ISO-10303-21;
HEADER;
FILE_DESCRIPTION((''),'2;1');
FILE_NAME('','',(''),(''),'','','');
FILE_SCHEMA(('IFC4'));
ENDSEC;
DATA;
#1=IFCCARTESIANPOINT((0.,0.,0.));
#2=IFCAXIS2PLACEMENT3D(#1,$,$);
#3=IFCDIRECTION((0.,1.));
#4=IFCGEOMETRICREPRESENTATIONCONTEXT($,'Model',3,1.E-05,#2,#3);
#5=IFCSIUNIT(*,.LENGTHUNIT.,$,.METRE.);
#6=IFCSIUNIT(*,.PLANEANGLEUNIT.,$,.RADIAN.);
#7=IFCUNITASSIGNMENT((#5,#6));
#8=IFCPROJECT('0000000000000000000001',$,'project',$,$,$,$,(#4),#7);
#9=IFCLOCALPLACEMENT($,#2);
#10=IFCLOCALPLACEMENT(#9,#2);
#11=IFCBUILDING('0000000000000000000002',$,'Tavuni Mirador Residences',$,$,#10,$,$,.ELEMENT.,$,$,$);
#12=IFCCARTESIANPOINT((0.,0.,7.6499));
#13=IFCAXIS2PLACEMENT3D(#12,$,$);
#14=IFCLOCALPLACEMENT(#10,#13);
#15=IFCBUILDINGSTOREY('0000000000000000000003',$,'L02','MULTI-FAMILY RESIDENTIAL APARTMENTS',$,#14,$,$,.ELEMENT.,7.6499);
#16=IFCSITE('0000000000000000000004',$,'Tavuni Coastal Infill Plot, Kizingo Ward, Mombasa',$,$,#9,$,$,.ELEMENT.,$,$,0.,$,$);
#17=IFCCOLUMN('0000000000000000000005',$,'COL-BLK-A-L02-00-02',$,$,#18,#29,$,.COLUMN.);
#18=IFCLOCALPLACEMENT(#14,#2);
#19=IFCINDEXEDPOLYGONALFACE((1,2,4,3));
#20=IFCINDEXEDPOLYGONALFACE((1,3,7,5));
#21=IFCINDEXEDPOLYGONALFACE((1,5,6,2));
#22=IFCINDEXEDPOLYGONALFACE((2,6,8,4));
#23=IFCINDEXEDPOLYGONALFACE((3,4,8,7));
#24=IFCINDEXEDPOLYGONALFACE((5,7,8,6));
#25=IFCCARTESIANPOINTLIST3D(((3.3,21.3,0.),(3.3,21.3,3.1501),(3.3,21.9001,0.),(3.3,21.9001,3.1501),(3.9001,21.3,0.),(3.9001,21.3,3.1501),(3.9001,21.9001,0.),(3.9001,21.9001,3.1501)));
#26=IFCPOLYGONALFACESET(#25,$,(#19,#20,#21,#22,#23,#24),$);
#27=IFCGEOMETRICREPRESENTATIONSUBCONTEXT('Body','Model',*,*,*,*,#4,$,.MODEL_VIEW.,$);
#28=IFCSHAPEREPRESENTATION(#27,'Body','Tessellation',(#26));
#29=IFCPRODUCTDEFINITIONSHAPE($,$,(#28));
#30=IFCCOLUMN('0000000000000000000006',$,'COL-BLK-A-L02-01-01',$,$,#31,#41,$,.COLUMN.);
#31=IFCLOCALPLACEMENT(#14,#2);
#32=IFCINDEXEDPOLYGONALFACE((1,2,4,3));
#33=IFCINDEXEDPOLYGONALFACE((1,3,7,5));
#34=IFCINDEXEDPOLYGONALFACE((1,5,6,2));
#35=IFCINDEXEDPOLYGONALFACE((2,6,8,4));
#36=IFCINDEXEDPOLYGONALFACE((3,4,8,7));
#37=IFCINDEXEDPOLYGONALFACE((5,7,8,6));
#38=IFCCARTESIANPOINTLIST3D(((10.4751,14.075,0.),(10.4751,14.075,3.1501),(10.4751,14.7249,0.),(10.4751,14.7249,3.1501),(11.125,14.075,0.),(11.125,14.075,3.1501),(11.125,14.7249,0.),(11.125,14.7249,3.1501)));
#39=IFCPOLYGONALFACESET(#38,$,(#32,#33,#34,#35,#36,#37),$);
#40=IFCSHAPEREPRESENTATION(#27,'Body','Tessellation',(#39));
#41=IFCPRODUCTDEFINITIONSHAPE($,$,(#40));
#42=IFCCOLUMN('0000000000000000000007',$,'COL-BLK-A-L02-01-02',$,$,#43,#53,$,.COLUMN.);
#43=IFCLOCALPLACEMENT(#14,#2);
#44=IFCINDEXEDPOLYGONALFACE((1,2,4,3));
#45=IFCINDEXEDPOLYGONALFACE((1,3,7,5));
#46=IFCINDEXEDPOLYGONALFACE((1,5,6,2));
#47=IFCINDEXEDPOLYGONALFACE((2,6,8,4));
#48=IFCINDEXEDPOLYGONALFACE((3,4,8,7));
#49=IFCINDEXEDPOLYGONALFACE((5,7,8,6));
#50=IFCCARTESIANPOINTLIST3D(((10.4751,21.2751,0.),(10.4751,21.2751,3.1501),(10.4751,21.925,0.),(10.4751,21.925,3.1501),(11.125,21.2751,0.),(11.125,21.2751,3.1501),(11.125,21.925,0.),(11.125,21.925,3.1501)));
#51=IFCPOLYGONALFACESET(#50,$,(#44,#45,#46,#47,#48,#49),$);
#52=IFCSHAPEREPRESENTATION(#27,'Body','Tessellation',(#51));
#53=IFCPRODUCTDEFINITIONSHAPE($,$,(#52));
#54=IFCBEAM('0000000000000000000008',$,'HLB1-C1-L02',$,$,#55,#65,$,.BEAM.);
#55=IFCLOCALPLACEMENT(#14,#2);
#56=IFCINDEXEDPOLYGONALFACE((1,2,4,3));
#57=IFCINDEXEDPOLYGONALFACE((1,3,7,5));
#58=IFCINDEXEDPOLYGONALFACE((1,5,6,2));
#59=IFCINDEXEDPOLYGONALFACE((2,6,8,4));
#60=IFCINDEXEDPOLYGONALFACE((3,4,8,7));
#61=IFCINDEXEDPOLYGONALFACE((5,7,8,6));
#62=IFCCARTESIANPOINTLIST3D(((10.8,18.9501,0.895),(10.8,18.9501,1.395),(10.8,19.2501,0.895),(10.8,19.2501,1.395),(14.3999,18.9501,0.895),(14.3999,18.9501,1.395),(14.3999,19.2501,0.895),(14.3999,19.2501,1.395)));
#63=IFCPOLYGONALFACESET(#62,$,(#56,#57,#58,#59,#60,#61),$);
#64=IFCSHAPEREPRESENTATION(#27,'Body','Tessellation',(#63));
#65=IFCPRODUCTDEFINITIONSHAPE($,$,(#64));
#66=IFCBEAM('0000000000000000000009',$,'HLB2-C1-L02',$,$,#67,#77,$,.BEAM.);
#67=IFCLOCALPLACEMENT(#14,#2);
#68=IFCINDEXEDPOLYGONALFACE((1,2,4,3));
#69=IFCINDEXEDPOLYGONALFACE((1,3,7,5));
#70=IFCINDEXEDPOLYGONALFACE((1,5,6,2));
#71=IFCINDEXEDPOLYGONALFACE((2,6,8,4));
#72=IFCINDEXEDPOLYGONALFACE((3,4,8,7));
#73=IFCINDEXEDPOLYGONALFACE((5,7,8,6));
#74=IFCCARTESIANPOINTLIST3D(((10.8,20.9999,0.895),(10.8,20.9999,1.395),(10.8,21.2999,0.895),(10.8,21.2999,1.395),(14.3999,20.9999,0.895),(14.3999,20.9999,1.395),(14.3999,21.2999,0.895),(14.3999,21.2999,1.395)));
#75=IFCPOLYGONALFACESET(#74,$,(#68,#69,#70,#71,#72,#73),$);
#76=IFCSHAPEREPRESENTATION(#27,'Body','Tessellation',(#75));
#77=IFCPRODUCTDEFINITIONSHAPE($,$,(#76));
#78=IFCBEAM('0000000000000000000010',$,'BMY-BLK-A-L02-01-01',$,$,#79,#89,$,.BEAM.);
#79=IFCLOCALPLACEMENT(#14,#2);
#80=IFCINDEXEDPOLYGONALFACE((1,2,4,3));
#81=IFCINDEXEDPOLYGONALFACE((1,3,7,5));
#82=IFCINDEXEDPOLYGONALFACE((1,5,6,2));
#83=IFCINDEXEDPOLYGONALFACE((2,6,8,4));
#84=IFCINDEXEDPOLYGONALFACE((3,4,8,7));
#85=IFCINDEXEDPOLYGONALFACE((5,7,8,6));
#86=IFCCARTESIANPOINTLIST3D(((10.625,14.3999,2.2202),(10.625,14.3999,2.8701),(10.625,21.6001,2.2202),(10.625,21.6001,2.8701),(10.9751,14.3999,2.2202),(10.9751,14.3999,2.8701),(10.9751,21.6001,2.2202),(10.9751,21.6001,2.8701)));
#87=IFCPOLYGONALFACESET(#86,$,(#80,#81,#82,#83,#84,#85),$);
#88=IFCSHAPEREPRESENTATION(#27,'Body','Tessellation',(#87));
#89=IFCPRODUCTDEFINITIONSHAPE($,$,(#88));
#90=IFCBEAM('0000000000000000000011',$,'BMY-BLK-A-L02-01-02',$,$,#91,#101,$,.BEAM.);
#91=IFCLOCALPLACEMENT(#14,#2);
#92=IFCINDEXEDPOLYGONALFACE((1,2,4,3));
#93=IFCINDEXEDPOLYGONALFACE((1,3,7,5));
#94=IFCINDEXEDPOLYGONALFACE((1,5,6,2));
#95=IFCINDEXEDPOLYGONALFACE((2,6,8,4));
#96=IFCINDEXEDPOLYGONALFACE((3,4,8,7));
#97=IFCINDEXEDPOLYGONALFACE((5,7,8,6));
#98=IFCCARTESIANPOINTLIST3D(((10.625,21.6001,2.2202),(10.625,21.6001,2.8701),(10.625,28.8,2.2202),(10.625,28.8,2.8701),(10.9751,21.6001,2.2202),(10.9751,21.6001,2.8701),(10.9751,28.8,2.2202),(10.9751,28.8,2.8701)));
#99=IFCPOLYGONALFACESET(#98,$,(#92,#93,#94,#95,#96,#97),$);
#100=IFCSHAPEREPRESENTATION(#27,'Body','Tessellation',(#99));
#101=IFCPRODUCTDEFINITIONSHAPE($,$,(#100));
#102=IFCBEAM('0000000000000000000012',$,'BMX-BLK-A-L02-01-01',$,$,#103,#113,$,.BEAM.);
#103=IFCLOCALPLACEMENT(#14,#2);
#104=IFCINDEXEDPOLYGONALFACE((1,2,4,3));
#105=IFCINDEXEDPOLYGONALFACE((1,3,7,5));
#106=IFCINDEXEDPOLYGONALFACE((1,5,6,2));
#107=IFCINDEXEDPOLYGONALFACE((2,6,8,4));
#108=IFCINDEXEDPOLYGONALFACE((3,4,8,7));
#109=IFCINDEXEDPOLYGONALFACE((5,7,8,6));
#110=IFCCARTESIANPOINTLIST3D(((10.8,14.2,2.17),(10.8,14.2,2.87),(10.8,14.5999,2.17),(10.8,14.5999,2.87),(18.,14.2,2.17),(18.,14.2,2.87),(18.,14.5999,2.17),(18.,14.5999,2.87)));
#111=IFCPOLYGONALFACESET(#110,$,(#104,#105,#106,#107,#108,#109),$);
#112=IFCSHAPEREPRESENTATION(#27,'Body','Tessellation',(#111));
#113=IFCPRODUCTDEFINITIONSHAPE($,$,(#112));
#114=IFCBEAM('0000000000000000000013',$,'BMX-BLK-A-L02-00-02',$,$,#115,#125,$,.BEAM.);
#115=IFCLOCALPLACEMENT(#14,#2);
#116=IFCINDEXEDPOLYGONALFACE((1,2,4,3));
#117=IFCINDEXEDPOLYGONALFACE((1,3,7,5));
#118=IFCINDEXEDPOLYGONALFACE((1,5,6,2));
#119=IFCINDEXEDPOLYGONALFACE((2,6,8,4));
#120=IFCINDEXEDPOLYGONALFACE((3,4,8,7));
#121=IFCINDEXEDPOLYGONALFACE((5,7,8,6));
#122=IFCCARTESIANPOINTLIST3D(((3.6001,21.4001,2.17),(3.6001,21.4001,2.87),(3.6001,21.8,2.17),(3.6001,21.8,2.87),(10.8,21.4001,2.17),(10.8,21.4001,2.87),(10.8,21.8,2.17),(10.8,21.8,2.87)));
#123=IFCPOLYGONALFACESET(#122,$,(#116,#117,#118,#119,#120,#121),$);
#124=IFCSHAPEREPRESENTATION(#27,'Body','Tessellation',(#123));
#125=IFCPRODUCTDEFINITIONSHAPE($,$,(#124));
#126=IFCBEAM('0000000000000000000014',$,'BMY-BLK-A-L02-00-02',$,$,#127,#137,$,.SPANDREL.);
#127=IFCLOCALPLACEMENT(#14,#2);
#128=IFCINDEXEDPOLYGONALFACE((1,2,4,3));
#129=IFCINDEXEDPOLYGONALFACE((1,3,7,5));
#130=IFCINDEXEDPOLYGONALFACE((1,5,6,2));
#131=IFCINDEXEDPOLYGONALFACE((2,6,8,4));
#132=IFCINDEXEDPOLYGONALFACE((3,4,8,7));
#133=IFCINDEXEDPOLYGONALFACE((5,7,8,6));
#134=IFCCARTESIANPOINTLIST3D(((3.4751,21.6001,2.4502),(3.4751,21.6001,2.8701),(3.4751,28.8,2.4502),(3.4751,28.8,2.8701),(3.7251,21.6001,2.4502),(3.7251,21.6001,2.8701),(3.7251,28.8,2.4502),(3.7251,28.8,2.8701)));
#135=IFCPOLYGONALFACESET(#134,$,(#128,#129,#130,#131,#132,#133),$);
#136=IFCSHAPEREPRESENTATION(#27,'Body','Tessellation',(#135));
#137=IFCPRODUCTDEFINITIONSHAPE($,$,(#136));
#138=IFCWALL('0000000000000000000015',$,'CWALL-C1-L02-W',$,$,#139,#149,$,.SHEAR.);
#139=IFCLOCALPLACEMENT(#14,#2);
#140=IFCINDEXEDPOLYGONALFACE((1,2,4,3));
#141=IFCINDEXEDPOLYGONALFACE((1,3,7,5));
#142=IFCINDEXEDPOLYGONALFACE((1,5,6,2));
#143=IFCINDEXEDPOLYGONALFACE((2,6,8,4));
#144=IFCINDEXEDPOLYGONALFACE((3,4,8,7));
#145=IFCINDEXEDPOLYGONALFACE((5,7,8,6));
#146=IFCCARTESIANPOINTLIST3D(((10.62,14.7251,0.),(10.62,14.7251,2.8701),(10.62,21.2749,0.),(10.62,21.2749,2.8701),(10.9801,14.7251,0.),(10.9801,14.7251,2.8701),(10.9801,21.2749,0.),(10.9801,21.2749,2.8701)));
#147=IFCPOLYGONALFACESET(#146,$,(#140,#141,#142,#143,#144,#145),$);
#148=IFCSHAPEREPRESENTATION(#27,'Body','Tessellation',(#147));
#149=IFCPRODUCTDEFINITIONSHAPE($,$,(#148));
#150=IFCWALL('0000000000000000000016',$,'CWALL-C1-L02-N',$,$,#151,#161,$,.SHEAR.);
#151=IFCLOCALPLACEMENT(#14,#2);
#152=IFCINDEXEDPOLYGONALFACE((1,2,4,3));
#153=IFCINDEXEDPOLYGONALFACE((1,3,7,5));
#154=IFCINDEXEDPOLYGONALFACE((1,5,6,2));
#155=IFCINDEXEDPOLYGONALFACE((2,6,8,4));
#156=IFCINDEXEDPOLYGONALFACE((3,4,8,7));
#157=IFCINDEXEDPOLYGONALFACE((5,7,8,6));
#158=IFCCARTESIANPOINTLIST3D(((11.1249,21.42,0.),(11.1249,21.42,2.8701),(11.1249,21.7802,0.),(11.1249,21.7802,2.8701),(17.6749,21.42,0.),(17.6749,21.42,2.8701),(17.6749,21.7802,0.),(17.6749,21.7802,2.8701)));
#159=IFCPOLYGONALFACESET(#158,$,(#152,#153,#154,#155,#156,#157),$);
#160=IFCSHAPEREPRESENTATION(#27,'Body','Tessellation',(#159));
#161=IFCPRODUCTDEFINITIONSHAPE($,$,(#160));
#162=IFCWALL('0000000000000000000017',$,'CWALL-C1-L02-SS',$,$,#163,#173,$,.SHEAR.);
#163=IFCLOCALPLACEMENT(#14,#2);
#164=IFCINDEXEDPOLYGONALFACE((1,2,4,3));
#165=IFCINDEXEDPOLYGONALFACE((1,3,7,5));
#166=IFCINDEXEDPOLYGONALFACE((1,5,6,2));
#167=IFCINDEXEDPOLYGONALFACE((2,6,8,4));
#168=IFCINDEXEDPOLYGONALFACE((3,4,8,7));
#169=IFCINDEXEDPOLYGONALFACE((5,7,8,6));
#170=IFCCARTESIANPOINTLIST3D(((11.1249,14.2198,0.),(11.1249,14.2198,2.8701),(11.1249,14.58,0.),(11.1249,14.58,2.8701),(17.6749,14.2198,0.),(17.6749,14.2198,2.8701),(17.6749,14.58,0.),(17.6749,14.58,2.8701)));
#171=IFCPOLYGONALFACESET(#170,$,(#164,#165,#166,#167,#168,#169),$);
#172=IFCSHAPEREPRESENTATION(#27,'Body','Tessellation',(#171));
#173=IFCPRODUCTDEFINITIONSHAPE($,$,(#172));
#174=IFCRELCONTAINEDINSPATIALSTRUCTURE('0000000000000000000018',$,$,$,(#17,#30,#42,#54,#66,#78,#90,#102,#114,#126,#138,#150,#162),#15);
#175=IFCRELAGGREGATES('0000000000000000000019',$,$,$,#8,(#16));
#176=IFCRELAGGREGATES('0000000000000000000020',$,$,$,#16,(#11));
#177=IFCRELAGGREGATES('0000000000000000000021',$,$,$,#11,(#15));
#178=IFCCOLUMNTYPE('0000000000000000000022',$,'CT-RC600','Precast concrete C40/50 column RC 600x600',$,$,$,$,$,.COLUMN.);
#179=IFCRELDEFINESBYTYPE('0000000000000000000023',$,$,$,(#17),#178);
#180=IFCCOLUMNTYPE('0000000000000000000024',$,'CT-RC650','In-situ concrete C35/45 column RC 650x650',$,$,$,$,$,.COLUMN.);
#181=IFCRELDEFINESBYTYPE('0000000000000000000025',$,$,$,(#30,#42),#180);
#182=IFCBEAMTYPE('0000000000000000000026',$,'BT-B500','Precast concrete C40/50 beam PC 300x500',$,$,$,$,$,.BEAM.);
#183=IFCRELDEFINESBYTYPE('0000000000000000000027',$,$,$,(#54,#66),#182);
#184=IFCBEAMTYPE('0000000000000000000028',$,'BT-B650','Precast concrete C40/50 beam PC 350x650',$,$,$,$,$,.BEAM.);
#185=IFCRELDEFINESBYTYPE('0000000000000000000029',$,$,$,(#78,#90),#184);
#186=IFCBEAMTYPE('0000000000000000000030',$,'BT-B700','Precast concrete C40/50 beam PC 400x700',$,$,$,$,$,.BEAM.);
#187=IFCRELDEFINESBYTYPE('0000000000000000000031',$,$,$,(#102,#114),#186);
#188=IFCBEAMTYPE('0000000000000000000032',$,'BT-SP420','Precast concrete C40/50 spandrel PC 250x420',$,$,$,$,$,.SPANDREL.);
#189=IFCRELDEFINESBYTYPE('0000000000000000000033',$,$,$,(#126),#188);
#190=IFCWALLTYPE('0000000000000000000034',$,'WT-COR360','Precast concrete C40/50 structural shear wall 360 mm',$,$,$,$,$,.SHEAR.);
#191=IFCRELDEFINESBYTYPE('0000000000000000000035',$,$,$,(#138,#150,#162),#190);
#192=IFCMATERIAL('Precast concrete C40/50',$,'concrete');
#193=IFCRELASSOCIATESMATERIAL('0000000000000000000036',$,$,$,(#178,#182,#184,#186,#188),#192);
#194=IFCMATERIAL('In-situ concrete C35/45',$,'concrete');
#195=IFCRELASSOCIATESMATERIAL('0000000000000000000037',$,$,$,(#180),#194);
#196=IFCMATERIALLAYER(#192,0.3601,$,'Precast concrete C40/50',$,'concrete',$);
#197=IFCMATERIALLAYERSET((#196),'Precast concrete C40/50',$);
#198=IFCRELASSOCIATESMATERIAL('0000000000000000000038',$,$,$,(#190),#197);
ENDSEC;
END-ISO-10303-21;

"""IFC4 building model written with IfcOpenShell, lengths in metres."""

from ifc_helpers import new_model, si_unit, direction, frame, frame_2d, origin, origin_2d, place, context, subcontext, project, spatial, rectangle, extrude, material, layer, layer_set, material_profile, profile_set, type_object, element, save


model = new_model("IFC4")

# Units and contexts
model_context = context("Model", 3, precision=1e-05, world=origin(), true_north=direction((0.0, 1.0)))
body_context = subcontext(model_context, "Body", "Model", "MODEL_VIEW")
ifc_project = project(units=[si_unit("LENGTHUNIT", "METRE"), si_unit("PLANEANGLEUNIT", "RADIAN")], contexts=[model_context])

# Site, building, storey
site_placement = place(None, origin())
site = spatial("IfcSite", under=ifc_project, at=site_placement, Name="Tavuni Coastal Infill Plot, Kizingo Ward, Mombasa", CompositionType="ELEMENT", RefElevation=0.0)
building_placement = place(site_placement, origin())
building = spatial("IfcBuilding", under=site, at=building_placement, Name="Tavuni Mirador Residences", CompositionType="ELEMENT")
storey_placement = place(building_placement, frame((0.0, 0.0, 7.6499)))
storey = spatial("IfcBuildingStorey", under=building, at=storey_placement, Name="L02", Description="MULTI-FAMILY RESIDENTIAL APARTMENTS", CompositionType="ELEMENT", Elevation=7.6499)

# Columns
ifc_material_1 = material(Name="Precast concrete C40/50", Category="concrete")
ifc_material_profile_1 = material_profile(ifc_material_1, rectangle(XDim=0.6001, YDim=0.6001, at=origin_2d()), Name="RC 600x600", Category="concrete")
ifc_profile_set_1 = profile_set([ifc_material_profile_1], Name="Precast concrete C40/50")
column_type_1 = type_object("IfcColumnType", Name="CT-RC600", Description="Precast concrete C40/50 column RC 600x600", PredefinedType="COLUMN", material=ifc_profile_set_1)
column_placement = place(storey_placement, frame((3.6001, 21.6001, 0.0), z_axis=(0.0, 0.0, 1.0), x_axis=(1.0, 0.0, 0.0)))
element("IfcColumn", 1, at=column_placement, inside=storey, type_object=column_type_1, Name="COL-BLK-A-L02-00-02", PredefinedType="COLUMN", context=body_context, shape_type="SweptSolid", body=[
    extrude(rectangle(XDim=0.6001, YDim=0.6001, at=origin_2d()), origin(), (0.0, 0.0, 1.0), 3.1501),
])
ifc_material_2 = material(Name="In-situ concrete C35/45", Category="concrete")
ifc_material_profile_2 = material_profile(ifc_material_2, rectangle(XDim=0.6499, YDim=0.6499, at=origin_2d()), Name="RC 650x650", Category="concrete")
ifc_profile_set_2 = profile_set([ifc_material_profile_2], Name="In-situ concrete C35/45")
column_type_2 = type_object("IfcColumnType", Name="CT-RC650", Description="In-situ concrete C35/45 column RC 650x650", PredefinedType="COLUMN", material=ifc_profile_set_2)
for number, where, z_axis, x_axis, name in (
    (2, (10.8, 14.3999, 0.0), (0.0, 0.0, 1.0), (1.0, 0.0, 0.0), "COL-BLK-A-L02-01-01"),
    (3, (10.8, 21.6001, 0.0), (0.0, 0.0, 1.0), (1.0, 0.0, 0.0), "COL-BLK-A-L02-01-02"),
):
    element("IfcColumn", number, at=place(storey_placement, frame(where, z_axis=z_axis, x_axis=x_axis)), inside=storey, type_object=column_type_2, Name=name, PredefinedType="COLUMN", context=body_context, shape_type="SweptSolid", body=[
        extrude(rectangle(XDim=0.6499, YDim=0.6499, at=origin_2d()), origin(), (0.0, 0.0, 1.0), 3.1501),
    ])

# Beams
ifc_material_profile_3 = material_profile(ifc_material_1, rectangle(XDim=0.3, YDim=0.5, at=origin_2d()), Name="PC 300x500", Category="concrete")
ifc_profile_set_3 = profile_set([ifc_material_profile_3], Name="Precast concrete C40/50")
beam_type_1 = type_object("IfcBeamType", Name="BT-B500", Description="Precast concrete C40/50 beam PC 300x500", PredefinedType="BEAM", material=ifc_profile_set_3)
for number, where, z_axis, x_axis, name in (
    (4, (10.8, 19.1001, 1.145), (1.0, 0.0, 0.0), (0.0, 1.0, 0.0), "HLB1-C1-L02"),
    (5, (10.8, 21.1499, 1.145), (1.0, 0.0, 0.0), (0.0, 1.0, 0.0), "HLB2-C1-L02"),
):
    element("IfcBeam", number, at=place(storey_placement, frame(where, z_axis=z_axis, x_axis=x_axis)), inside=storey, type_object=beam_type_1, Name=name, PredefinedType="BEAM", context=body_context, shape_type="SweptSolid", body=[
        extrude(rectangle(XDim=0.3, YDim=0.5, at=origin_2d()), origin(), (0.0, 0.0, 1.0), 3.5999),
    ])
ifc_material_profile_4 = material_profile(ifc_material_1, rectangle(XDim=0.3501, YDim=0.6499, at=origin_2d()), Name="PC 350x650", Category="concrete")
ifc_profile_set_4 = profile_set([ifc_material_profile_4], Name="Precast concrete C40/50")
beam_type_2 = type_object("IfcBeamType", Name="BT-B650", Description="Precast concrete C40/50 beam PC 350x650", PredefinedType="BEAM", material=ifc_profile_set_4)
beam_1_placement = place(storey_placement, frame((10.8, 14.3999, 2.5452), z_axis=(0.0, 1.0, 0.0), x_axis=(-1.0, 0.0, 0.0)))
element("IfcBeam", 6, at=beam_1_placement, inside=storey, type_object=beam_type_2, Name="BMY-BLK-A-L02-01-01", PredefinedType="BEAM", context=body_context, shape_type="SweptSolid", body=[
    extrude(rectangle(XDim=0.3501, YDim=0.6499, at=origin_2d()), origin(), (0.0, 0.0, 1.0), 7.2002),
])
beam_2_placement = place(storey_placement, frame((10.8, 21.6001, 2.5452), z_axis=(0.0, 1.0, 0.0), x_axis=(-1.0, 0.0, 0.0)))
element("IfcBeam", 7, at=beam_2_placement, inside=storey, type_object=beam_type_2, Name="BMY-BLK-A-L02-01-02", PredefinedType="BEAM", context=body_context, shape_type="SweptSolid", body=[
    extrude(rectangle(XDim=0.3501, YDim=0.6499, at=origin_2d()), origin(), (0.0, 0.0, 1.0), 7.2),
])
ifc_material_profile_5 = material_profile(ifc_material_1, rectangle(XDim=0.3999, YDim=0.7, at=origin_2d()), Name="PC 400x700", Category="concrete")
ifc_profile_set_5 = profile_set([ifc_material_profile_5], Name="Precast concrete C40/50")
beam_type_3 = type_object("IfcBeamType", Name="BT-B700", Description="Precast concrete C40/50 beam PC 400x700", PredefinedType="BEAM", material=ifc_profile_set_5)
for number, where, z_axis, x_axis, name in (
    (8, (10.8, 14.3999, 2.52), (1.0, 0.0, 0.0), (0.0, 1.0, 0.0), "BMX-BLK-A-L02-01-01"),
    (9, (3.6001, 21.6001, 2.52), (1.0, 0.0, 0.0), (0.0, 1.0, 0.0), "BMX-BLK-A-L02-00-02"),
):
    element("IfcBeam", number, at=place(storey_placement, frame(where, z_axis=z_axis, x_axis=x_axis)), inside=storey, type_object=beam_type_3, Name=name, PredefinedType="BEAM", context=body_context, shape_type="SweptSolid", body=[
        extrude(rectangle(XDim=0.3999, YDim=0.7, at=origin_2d()), origin(), (0.0, 0.0, 1.0), 7.2),
    ])
ifc_material_profile_6 = material_profile(ifc_material_1, rectangle(XDim=0.25, YDim=0.4199, at=origin_2d()), Name="PC 250x420", Category="concrete")
ifc_profile_set_6 = profile_set([ifc_material_profile_6], Name="Precast concrete C40/50")
beam_type_4 = type_object("IfcBeamType", Name="BT-SP420", Description="Precast concrete C40/50 spandrel PC 250x420", PredefinedType="SPANDREL", material=ifc_profile_set_6)
beam_3_placement = place(storey_placement, frame((3.6001, 21.6001, 2.6602), z_axis=(0.0, 1.0, 0.0), x_axis=(-1.0, 0.0, 0.0)))
element("IfcBeam", 10, at=beam_3_placement, inside=storey, type_object=beam_type_4, Name="BMY-BLK-A-L02-00-02", PredefinedType="SPANDREL", context=body_context, shape_type="SweptSolid", body=[
    extrude(rectangle(XDim=0.25, YDim=0.4199, at=origin_2d()), origin(), (0.0, 0.0, 1.0), 7.2),
])

# Walls
ifc_layer_1 = layer(ifc_material_1, 0.3601, Name="Precast concrete C40/50", Category="concrete")
ifc_layer_set_1 = layer_set([ifc_layer_1], Name="Precast concrete C40/50")
wall_type_1 = type_object("IfcWallType", Name="WT-COR360", Description="Precast concrete C40/50 structural shear wall 360 mm", PredefinedType="SHEAR", material=ifc_layer_set_1)
wall_1_placement = place(storey_placement, frame((10.8, 14.7251, 0.0), z_axis=(0.0, 0.0, 1.0), x_axis=(0.0, 1.0, 0.0)))
element("IfcWall", 11, at=wall_1_placement, inside=storey, type_object=wall_type_1, Name="CWALL-C1-L02-W", PredefinedType="SHEAR", context=body_context, shape_type="SweptSolid", body=[
    extrude(rectangle(XDim=6.5498, YDim=0.3601, at=frame_2d((3.2749, 0.0))), origin(), (0.0, 0.0, 1.0), 2.8701),
])
for number, where, z_axis, x_axis, name in (
    (12, (11.125, 21.6001, 0.0), (0.0, 0.0, 1.0), (1.0, 0.0, 0.0), "CWALL-C1-L02-N"),
    (13, (11.125, 14.3999, 0.0), (0.0, 0.0, 1.0), (1.0, 0.0, 0.0), "CWALL-C1-L02-SS"),
):
    element("IfcWall", number, at=place(storey_placement, frame(where, z_axis=z_axis, x_axis=x_axis)), inside=storey, type_object=wall_type_1, Name=name, PredefinedType="SHEAR", context=body_context, shape_type="SweptSolid", body=[
        extrude(rectangle(XDim=6.55, YDim=0.3601, at=frame_2d((3.2749, 0.0))), origin(), (0.0, 0.0, 1.0), 2.8701),
    ])

save(model, "model.ifc")
